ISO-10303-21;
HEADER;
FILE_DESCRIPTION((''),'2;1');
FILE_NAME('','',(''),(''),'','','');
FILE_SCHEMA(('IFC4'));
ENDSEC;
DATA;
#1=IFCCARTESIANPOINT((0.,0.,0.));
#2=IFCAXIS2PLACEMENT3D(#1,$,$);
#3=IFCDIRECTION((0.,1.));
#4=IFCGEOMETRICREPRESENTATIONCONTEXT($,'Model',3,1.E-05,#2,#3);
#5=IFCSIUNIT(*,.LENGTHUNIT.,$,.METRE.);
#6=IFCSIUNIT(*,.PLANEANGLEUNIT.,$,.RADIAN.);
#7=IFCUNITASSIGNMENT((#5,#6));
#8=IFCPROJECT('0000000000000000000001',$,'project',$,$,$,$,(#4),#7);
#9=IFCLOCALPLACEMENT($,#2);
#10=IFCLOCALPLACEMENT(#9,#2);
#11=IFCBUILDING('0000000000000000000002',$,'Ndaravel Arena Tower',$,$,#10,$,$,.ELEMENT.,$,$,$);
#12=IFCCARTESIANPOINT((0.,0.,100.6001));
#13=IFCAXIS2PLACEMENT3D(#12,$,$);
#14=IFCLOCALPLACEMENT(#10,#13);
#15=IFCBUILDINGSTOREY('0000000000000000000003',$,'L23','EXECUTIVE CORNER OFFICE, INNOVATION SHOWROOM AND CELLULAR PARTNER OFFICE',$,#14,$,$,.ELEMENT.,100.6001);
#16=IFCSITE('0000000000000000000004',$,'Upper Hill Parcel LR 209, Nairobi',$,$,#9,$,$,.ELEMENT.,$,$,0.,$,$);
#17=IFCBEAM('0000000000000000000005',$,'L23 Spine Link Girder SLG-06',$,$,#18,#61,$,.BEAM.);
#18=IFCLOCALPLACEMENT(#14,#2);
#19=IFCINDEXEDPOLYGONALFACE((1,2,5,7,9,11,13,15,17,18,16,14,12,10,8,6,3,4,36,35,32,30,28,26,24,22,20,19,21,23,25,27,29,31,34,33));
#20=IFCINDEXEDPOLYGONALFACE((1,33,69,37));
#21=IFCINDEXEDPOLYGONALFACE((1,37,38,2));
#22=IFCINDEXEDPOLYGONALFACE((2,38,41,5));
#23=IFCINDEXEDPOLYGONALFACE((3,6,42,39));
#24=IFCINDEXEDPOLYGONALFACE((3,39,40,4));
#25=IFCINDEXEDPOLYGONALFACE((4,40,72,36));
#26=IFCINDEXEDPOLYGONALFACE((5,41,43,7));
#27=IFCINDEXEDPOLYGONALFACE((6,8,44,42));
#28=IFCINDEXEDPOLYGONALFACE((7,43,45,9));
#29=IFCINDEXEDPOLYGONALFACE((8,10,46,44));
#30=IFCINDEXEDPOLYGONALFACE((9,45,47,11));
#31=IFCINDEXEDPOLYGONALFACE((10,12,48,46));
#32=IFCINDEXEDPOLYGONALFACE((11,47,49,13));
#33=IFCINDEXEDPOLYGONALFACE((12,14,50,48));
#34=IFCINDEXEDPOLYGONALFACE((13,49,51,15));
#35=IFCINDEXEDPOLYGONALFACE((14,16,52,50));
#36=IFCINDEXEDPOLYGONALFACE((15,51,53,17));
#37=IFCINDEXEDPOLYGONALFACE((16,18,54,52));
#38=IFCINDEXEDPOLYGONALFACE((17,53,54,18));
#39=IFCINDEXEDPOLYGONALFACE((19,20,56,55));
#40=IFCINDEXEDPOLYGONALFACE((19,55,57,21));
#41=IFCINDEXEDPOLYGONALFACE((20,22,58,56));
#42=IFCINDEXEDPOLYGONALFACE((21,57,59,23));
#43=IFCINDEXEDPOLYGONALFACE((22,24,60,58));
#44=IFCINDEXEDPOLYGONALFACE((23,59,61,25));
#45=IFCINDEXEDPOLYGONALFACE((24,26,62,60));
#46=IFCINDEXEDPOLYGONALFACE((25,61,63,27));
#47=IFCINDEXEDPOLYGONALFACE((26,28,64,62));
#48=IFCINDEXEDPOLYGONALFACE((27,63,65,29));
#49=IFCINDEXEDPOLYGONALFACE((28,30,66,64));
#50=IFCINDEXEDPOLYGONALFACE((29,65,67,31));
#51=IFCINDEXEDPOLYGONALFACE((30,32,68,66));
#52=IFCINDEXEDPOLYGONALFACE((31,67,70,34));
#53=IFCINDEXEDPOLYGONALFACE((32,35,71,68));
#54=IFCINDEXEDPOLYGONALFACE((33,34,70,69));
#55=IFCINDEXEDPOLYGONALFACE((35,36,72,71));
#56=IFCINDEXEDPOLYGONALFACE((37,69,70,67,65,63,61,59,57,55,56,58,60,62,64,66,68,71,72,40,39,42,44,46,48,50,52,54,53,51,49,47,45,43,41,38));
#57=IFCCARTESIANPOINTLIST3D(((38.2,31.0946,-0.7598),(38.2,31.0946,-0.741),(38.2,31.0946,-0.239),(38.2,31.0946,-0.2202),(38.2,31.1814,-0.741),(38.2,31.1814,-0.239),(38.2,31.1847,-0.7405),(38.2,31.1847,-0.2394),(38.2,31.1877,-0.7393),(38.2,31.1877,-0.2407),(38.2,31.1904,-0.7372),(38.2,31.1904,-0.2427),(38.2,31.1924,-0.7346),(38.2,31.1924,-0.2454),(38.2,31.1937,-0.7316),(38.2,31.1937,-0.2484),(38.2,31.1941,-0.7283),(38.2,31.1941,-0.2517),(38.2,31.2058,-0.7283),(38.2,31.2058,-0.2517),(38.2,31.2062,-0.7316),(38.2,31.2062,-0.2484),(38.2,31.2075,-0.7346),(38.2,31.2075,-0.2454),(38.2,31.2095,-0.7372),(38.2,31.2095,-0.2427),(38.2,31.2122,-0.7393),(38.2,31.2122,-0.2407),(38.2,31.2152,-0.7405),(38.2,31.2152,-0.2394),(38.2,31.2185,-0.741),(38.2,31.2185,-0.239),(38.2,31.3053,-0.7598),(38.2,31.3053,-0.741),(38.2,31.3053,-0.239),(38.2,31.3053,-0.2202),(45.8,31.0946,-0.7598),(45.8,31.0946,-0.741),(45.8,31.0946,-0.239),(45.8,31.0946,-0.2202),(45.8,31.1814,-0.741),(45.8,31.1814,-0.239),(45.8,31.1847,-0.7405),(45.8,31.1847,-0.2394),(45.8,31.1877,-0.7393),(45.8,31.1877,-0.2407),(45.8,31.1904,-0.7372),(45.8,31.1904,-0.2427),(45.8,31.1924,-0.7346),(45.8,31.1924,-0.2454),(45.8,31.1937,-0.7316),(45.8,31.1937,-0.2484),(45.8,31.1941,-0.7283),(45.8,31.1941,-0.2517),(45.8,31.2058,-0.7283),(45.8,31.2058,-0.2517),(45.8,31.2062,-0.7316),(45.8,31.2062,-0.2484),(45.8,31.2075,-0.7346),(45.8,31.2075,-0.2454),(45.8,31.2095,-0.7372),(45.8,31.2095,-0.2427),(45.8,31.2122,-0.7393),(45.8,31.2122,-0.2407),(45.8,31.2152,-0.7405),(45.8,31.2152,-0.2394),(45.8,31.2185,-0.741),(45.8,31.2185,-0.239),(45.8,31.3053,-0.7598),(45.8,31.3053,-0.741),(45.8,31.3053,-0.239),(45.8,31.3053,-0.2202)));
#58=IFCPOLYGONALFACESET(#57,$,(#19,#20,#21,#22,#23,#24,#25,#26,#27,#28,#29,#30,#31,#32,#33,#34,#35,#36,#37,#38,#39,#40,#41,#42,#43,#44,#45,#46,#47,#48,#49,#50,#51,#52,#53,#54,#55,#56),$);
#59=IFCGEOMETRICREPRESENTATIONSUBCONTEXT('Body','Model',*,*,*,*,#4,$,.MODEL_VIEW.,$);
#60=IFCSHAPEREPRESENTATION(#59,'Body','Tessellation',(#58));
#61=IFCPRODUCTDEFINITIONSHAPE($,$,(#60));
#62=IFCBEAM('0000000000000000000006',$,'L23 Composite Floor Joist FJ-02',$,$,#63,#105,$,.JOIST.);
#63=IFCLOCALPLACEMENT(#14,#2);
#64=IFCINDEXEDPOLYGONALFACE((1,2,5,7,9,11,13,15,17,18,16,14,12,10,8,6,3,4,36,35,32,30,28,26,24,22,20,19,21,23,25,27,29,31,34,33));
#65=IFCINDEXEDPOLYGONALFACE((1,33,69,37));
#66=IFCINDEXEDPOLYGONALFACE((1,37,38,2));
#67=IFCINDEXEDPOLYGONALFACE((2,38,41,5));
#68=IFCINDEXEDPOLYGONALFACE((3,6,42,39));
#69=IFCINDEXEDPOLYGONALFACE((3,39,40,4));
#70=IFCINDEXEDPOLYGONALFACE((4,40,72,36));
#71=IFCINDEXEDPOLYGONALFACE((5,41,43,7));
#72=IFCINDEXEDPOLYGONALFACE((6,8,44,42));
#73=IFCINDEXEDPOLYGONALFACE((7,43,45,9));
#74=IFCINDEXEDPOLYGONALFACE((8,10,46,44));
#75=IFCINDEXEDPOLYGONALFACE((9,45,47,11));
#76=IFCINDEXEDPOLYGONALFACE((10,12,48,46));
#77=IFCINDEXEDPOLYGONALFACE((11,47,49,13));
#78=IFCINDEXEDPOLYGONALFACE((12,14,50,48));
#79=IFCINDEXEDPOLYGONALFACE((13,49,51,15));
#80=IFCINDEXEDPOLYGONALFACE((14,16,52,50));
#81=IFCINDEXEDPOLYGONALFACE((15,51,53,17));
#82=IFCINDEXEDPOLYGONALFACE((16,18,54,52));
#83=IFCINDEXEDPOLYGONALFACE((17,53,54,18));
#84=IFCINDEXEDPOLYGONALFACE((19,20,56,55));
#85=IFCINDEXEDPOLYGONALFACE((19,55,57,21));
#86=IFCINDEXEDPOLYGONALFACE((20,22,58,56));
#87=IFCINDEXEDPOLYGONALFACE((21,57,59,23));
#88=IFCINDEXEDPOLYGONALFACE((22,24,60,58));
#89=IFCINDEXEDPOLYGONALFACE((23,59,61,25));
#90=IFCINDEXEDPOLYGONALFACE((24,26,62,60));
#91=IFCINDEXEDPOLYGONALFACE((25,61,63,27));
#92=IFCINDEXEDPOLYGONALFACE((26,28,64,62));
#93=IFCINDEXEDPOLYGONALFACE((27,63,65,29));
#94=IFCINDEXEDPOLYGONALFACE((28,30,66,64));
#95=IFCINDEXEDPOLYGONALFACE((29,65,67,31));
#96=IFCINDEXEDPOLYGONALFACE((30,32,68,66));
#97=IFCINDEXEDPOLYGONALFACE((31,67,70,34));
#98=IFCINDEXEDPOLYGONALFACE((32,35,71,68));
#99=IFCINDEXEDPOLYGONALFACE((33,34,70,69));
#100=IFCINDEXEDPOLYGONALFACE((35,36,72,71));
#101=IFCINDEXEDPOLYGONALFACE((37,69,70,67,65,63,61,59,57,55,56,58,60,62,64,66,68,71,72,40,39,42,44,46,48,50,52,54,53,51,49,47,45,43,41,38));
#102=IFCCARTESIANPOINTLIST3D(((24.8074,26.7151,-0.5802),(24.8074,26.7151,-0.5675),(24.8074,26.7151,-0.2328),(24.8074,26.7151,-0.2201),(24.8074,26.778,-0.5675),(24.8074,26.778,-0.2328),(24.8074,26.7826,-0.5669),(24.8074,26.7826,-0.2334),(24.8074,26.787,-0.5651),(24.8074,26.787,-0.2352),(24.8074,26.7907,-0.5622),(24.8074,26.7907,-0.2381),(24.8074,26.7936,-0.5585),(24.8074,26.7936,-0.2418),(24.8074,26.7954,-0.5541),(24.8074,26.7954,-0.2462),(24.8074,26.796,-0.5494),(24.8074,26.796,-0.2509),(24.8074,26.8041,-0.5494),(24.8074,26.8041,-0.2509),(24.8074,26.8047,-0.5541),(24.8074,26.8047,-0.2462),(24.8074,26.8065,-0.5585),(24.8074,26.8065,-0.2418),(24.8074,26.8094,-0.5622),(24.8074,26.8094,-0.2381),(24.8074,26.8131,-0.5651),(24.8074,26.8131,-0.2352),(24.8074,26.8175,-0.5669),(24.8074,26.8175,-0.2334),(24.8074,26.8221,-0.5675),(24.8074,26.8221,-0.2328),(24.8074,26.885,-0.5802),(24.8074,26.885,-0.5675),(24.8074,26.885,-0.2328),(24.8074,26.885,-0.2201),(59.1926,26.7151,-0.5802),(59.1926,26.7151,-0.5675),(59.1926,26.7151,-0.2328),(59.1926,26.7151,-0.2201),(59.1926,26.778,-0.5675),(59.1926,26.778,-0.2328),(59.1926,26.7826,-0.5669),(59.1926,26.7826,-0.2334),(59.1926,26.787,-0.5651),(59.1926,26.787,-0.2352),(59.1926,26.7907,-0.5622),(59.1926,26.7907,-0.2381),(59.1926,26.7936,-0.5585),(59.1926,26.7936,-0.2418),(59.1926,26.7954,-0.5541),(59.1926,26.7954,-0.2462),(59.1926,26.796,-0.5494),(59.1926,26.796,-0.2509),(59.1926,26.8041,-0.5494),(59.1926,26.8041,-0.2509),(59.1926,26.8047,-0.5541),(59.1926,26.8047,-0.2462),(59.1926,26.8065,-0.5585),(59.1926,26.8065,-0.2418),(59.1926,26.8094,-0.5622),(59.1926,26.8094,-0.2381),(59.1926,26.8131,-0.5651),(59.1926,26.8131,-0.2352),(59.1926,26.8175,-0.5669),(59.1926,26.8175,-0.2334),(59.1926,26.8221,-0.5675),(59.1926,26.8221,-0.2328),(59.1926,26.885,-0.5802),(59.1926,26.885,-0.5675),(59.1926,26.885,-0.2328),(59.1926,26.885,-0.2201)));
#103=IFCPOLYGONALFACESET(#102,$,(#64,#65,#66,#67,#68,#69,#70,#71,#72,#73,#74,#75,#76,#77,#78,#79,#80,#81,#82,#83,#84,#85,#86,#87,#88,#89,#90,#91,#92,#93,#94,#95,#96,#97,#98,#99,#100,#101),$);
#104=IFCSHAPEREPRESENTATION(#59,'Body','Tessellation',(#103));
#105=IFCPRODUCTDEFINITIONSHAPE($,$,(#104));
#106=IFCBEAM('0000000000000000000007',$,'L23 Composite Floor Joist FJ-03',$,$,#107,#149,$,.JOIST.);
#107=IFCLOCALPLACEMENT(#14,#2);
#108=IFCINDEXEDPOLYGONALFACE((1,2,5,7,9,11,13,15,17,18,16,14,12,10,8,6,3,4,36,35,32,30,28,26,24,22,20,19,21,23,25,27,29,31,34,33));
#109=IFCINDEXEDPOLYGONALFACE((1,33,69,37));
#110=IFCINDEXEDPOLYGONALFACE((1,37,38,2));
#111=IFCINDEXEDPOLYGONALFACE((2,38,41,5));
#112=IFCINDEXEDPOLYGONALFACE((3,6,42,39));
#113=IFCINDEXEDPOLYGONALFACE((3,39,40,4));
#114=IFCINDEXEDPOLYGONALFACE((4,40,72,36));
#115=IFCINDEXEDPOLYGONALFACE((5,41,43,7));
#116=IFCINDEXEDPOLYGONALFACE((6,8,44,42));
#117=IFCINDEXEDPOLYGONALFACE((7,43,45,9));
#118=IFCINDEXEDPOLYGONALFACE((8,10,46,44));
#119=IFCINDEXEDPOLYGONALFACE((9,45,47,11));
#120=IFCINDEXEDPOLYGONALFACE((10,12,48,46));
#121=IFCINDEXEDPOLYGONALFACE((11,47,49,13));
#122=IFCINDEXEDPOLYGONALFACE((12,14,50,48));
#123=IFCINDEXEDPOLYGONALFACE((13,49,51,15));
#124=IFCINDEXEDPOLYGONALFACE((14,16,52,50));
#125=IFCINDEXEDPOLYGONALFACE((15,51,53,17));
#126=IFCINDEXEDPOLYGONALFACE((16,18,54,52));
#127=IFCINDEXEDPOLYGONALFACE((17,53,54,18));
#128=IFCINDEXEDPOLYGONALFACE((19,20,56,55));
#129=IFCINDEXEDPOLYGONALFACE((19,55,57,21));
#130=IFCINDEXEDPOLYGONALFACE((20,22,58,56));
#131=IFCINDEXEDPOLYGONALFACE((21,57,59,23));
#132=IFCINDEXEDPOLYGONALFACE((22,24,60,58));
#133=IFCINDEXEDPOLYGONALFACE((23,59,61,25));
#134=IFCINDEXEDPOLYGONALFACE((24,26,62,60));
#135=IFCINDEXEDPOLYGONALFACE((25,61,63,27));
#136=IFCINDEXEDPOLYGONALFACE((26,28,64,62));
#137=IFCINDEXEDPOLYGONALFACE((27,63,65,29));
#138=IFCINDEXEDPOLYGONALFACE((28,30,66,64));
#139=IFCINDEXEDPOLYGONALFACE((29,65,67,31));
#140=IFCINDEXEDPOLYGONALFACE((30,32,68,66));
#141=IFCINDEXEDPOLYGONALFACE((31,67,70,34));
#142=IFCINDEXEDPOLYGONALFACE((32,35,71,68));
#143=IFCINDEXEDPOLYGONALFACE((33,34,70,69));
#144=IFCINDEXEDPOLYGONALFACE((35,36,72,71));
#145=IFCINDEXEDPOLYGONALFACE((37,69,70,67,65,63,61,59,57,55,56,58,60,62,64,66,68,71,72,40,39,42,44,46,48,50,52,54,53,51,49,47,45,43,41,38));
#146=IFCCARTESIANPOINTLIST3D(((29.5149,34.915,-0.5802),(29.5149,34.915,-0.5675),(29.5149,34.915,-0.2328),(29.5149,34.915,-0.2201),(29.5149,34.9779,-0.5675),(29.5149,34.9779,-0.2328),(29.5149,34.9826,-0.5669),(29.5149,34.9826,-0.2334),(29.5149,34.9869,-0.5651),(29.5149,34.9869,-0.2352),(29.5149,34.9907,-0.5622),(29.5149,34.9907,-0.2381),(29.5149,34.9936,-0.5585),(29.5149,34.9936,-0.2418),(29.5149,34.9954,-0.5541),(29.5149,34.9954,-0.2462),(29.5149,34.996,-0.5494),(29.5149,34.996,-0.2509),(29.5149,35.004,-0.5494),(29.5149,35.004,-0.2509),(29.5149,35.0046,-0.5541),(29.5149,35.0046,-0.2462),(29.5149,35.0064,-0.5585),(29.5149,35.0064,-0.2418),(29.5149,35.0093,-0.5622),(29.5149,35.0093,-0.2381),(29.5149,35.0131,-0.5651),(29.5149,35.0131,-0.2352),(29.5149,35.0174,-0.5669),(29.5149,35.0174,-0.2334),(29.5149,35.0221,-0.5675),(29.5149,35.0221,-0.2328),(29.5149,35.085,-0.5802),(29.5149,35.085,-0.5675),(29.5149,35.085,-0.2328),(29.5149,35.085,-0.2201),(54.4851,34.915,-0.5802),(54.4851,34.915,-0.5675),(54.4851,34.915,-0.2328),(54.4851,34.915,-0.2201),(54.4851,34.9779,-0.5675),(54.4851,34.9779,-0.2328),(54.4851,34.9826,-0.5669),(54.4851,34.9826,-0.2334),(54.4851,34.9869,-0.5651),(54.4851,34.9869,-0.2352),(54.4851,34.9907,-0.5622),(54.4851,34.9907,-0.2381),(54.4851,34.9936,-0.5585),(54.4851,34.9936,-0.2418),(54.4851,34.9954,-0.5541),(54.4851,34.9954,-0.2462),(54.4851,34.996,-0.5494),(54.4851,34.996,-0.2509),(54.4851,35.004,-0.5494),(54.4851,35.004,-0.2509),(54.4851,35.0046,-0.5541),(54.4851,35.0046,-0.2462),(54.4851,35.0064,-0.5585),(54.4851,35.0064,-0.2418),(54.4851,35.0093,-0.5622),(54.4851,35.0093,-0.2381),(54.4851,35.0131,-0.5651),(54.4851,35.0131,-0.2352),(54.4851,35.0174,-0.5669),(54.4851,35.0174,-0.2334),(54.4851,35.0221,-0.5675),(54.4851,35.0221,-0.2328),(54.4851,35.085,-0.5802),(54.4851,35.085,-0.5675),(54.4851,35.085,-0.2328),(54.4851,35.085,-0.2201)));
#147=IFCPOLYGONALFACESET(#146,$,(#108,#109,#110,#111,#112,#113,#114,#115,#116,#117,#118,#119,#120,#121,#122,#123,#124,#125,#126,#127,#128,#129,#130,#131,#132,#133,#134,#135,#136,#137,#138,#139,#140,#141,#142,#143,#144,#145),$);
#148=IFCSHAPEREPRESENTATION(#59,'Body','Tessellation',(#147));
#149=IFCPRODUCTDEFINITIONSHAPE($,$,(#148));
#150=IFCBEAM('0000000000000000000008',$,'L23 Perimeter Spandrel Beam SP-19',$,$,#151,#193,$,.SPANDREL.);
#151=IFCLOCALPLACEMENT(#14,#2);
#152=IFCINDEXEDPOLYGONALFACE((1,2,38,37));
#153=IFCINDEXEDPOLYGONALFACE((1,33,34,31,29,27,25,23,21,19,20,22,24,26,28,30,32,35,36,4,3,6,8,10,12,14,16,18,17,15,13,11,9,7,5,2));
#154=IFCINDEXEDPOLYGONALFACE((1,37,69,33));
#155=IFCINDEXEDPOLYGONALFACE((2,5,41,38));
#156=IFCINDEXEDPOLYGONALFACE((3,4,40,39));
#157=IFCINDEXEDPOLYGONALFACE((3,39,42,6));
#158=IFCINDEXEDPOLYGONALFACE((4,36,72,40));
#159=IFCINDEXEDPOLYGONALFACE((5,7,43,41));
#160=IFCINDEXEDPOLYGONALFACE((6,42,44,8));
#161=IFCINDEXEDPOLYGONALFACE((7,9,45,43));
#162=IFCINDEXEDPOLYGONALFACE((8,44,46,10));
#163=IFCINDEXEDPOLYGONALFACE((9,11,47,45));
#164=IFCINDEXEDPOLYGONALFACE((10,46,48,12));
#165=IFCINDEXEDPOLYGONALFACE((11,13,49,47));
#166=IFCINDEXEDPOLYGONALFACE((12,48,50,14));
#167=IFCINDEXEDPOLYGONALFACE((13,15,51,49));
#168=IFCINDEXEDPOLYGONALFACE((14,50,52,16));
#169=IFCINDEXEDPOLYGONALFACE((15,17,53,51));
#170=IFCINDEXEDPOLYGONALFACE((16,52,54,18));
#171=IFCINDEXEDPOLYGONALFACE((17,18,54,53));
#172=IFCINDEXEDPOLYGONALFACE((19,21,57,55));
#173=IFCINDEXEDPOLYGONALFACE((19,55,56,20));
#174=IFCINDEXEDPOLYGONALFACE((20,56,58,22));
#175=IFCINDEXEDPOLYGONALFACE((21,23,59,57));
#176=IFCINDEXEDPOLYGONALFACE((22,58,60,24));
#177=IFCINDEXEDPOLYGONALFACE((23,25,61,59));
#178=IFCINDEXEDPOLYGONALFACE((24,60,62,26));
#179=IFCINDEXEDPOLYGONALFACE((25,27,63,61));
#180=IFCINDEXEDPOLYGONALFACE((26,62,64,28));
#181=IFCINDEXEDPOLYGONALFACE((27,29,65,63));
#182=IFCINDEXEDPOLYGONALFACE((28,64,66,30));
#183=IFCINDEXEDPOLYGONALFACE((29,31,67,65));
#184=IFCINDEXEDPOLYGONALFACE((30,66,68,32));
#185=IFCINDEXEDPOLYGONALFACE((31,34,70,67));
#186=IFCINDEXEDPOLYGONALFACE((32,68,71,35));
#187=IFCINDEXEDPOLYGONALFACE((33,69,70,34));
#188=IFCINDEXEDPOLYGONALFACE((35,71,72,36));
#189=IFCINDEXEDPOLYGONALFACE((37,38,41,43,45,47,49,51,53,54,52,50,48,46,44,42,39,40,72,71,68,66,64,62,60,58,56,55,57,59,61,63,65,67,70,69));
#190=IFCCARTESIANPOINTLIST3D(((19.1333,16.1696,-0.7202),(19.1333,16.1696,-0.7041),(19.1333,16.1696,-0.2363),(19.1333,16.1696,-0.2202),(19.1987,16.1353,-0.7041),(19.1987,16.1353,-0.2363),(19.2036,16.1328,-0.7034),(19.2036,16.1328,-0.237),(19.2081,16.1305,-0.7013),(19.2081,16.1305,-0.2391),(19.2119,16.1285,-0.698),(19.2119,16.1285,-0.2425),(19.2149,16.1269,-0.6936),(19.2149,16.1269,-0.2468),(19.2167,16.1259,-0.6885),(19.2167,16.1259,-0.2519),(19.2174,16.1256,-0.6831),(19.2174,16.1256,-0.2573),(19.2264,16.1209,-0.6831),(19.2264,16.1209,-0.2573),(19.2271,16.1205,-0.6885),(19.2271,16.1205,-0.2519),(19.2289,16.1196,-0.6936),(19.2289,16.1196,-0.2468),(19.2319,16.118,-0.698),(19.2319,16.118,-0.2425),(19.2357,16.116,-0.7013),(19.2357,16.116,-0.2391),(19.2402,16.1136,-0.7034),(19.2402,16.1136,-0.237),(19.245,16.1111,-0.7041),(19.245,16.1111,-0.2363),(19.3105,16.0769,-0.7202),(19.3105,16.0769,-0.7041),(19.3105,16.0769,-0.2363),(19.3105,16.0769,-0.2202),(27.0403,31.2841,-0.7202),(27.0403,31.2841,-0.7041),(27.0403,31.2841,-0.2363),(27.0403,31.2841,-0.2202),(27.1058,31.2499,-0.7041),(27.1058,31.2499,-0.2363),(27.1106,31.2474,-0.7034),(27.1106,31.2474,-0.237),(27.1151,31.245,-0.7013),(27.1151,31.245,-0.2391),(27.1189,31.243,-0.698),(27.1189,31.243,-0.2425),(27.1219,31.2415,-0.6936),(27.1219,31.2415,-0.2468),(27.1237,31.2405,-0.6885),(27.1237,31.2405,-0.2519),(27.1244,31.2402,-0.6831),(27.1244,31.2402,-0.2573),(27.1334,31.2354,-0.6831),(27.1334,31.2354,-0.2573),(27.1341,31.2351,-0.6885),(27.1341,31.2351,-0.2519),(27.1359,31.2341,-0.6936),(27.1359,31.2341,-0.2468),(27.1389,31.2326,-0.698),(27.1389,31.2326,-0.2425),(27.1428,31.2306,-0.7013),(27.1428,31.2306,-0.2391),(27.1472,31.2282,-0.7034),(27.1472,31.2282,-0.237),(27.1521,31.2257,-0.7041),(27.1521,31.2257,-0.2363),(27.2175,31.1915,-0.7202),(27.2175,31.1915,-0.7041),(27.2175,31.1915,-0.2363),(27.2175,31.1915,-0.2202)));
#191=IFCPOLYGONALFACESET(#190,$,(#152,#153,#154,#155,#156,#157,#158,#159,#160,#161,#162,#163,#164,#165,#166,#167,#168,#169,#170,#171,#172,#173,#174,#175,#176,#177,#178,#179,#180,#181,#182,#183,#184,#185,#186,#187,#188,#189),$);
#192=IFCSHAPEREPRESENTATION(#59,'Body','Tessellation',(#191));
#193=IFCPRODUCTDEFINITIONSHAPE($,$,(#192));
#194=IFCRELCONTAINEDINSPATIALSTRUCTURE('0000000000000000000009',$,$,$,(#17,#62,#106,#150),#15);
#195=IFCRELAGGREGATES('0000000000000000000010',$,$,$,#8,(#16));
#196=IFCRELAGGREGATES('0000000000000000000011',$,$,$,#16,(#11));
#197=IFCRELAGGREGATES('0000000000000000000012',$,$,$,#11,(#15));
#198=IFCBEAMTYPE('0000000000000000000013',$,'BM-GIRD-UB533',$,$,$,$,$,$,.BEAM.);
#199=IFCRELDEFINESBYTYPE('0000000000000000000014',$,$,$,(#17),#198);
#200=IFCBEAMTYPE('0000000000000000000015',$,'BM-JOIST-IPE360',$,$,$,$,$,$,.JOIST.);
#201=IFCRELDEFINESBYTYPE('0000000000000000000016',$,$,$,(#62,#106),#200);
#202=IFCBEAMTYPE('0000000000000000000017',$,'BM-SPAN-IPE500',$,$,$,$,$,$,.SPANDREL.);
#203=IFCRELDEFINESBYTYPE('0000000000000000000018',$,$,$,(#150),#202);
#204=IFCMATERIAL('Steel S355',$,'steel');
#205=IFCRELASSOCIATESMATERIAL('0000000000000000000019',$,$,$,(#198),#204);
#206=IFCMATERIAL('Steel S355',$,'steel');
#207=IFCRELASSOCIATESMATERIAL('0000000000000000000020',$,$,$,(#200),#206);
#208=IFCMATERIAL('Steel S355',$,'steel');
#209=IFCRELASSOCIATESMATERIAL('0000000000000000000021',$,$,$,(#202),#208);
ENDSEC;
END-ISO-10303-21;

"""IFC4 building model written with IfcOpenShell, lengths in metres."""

from ifc_helpers import new_model, si_unit, direction, frame, origin, origin_2d, place, context, subcontext, project, spatial, i_section, extrude, material, material_profile, profile_set, type_object, element, save


model = new_model("IFC4")

# Units and contexts
model_context = context("Model", 3, precision=1e-05, world=origin(), true_north=direction((0.0, 1.0)))
body_context = subcontext(model_context, "Body", "Model", "MODEL_VIEW")
ifc_project = project(units=[si_unit("LENGTHUNIT", "METRE"), si_unit("PLANEANGLEUNIT", "RADIAN")], contexts=[model_context])

# Site, building, storey
site_placement = place(None, origin())
site = spatial("IfcSite", under=ifc_project, at=site_placement, Name="Upper Hill Parcel LR 209, Nairobi", CompositionType="ELEMENT", RefElevation=0.0)
building_placement = place(site_placement, origin())
building = spatial("IfcBuilding", under=site, at=building_placement, Name="Ndaravel Arena Tower", CompositionType="ELEMENT")
storey_placement = place(building_placement, frame((0.0, 0.0, 100.6001)))
storey = spatial("IfcBuildingStorey", under=building, at=storey_placement, Name="L23", Description="EXECUTIVE CORNER OFFICE, INNOVATION SHOWROOM AND CELLULAR PARTNER OFFICE", CompositionType="ELEMENT", Elevation=100.6001)

# Beams
ifc_material_1 = material(Name="Steel S355", Category="steel")
ifc_material_profile_1 = material_profile(ifc_material_1, i_section(OverallWidth=0.2107, OverallDepth=0.5396, WebThickness=0.0117, FlangeThickness=0.0188, FilletRadius=0.0127, at=origin_2d()), Name="UB 533x210x109")
ifc_profile_set_1 = profile_set([ifc_material_profile_1], Name="Steel S355")
beam_type_1 = type_object("IfcBeamType", Name="BM-GIRD-UB533", PredefinedType="BEAM", material=ifc_profile_set_1)
beam_1_placement = place(storey_placement, frame((38.2, 31.2, -0.49), z_axis=(1.0, 0.0, 0.0), x_axis=(0.0, 1.0, 0.0)))
element("IfcBeam", 1, at=beam_1_placement, inside=storey, type_object=beam_type_1, Name="L23 Spine Link Girder SLG-06", PredefinedType="BEAM", context=body_context, shape_type="SweptSolid", body=[
    extrude(i_section(OverallWidth=0.2107, OverallDepth=0.5396, WebThickness=0.0117, FlangeThickness=0.0188, FilletRadius=0.0127, at=origin_2d()), origin(), (0.0, 0.0, 1.0), 7.6001),
])
ifc_material_2 = material(Name="Steel S355", Category="steel")
ifc_material_profile_2 = material_profile(ifc_material_2, i_section(OverallWidth=0.1699, OverallDepth=0.3601, WebThickness=0.0081, FlangeThickness=0.0127, FilletRadius=0.0181, at=origin_2d()), Name="IPE 360")
ifc_profile_set_2 = profile_set([ifc_material_profile_2], Name="Steel S355")
beam_type_2 = type_object("IfcBeamType", Name="BM-JOIST-IPE360", PredefinedType="JOIST", material=ifc_profile_set_2)
beam_2_placement = place(storey_placement, frame((24.8074, 26.8, -0.4001), z_axis=(1.0, 0.0, 0.0), x_axis=(0.0, 1.0, 0.0)))
element("IfcBeam", 2, at=beam_2_placement, inside=storey, type_object=beam_type_2, Name="L23 Composite Floor Joist FJ-02", PredefinedType="JOIST", context=body_context, shape_type="SweptSolid", body=[
    extrude(i_section(OverallWidth=0.1699, OverallDepth=0.3601, WebThickness=0.0081, FlangeThickness=0.0127, FilletRadius=0.0181, at=origin_2d()), origin(), (0.0, 0.0, 1.0), 34.3853),
])
beam_3_placement = place(storey_placement, frame((29.5149, 35.0, -0.4001), z_axis=(1.0, 0.0, 0.0), x_axis=(0.0, 1.0, 0.0)))
element("IfcBeam", 3, at=beam_3_placement, inside=storey, type_object=beam_type_2, Name="L23 Composite Floor Joist FJ-03", PredefinedType="JOIST", context=body_context, shape_type="SweptSolid", body=[
    extrude(i_section(OverallWidth=0.1699, OverallDepth=0.3601, WebThickness=0.0081, FlangeThickness=0.0127, FilletRadius=0.0181, at=origin_2d()), origin(), (0.0, 0.0, 1.0), 24.9702),
])
ifc_material_3 = material(Name="Steel S355", Category="steel")
ifc_material_profile_3 = material_profile(ifc_material_3, i_section(OverallWidth=0.2, OverallDepth=0.5, WebThickness=0.0103, FlangeThickness=0.0161, FilletRadius=0.021, at=origin_2d()), Name="IPE 500")
ifc_profile_set_3 = profile_set([ifc_material_profile_3], Name="Steel S355")
beam_type_3 = type_object("IfcBeamType", Name="BM-SPAN-IPE500", PredefinedType="SPANDREL", material=ifc_profile_set_3)
beam_4_placement = place(storey_placement, frame((27.1289, 31.2378, -0.4702), z_axis=(-0.463541, -0.886076, 0.0), x_axis=(0.886076, -0.463541, 0.0)))
element("IfcBeam", 4, at=beam_4_placement, inside=storey, type_object=beam_type_3, Name="L23 Perimeter Spandrel Beam SP-19", PredefinedType="SPANDREL", context=body_context, shape_type="SweptSolid", body=[
    extrude(i_section(OverallWidth=0.2, OverallDepth=0.5, WebThickness=0.0103, FlangeThickness=0.0161, FilletRadius=0.021, at=origin_2d()), origin(), (0.0, 0.0, 1.0), 17.0579),
])

save(model, "model.ifc")
